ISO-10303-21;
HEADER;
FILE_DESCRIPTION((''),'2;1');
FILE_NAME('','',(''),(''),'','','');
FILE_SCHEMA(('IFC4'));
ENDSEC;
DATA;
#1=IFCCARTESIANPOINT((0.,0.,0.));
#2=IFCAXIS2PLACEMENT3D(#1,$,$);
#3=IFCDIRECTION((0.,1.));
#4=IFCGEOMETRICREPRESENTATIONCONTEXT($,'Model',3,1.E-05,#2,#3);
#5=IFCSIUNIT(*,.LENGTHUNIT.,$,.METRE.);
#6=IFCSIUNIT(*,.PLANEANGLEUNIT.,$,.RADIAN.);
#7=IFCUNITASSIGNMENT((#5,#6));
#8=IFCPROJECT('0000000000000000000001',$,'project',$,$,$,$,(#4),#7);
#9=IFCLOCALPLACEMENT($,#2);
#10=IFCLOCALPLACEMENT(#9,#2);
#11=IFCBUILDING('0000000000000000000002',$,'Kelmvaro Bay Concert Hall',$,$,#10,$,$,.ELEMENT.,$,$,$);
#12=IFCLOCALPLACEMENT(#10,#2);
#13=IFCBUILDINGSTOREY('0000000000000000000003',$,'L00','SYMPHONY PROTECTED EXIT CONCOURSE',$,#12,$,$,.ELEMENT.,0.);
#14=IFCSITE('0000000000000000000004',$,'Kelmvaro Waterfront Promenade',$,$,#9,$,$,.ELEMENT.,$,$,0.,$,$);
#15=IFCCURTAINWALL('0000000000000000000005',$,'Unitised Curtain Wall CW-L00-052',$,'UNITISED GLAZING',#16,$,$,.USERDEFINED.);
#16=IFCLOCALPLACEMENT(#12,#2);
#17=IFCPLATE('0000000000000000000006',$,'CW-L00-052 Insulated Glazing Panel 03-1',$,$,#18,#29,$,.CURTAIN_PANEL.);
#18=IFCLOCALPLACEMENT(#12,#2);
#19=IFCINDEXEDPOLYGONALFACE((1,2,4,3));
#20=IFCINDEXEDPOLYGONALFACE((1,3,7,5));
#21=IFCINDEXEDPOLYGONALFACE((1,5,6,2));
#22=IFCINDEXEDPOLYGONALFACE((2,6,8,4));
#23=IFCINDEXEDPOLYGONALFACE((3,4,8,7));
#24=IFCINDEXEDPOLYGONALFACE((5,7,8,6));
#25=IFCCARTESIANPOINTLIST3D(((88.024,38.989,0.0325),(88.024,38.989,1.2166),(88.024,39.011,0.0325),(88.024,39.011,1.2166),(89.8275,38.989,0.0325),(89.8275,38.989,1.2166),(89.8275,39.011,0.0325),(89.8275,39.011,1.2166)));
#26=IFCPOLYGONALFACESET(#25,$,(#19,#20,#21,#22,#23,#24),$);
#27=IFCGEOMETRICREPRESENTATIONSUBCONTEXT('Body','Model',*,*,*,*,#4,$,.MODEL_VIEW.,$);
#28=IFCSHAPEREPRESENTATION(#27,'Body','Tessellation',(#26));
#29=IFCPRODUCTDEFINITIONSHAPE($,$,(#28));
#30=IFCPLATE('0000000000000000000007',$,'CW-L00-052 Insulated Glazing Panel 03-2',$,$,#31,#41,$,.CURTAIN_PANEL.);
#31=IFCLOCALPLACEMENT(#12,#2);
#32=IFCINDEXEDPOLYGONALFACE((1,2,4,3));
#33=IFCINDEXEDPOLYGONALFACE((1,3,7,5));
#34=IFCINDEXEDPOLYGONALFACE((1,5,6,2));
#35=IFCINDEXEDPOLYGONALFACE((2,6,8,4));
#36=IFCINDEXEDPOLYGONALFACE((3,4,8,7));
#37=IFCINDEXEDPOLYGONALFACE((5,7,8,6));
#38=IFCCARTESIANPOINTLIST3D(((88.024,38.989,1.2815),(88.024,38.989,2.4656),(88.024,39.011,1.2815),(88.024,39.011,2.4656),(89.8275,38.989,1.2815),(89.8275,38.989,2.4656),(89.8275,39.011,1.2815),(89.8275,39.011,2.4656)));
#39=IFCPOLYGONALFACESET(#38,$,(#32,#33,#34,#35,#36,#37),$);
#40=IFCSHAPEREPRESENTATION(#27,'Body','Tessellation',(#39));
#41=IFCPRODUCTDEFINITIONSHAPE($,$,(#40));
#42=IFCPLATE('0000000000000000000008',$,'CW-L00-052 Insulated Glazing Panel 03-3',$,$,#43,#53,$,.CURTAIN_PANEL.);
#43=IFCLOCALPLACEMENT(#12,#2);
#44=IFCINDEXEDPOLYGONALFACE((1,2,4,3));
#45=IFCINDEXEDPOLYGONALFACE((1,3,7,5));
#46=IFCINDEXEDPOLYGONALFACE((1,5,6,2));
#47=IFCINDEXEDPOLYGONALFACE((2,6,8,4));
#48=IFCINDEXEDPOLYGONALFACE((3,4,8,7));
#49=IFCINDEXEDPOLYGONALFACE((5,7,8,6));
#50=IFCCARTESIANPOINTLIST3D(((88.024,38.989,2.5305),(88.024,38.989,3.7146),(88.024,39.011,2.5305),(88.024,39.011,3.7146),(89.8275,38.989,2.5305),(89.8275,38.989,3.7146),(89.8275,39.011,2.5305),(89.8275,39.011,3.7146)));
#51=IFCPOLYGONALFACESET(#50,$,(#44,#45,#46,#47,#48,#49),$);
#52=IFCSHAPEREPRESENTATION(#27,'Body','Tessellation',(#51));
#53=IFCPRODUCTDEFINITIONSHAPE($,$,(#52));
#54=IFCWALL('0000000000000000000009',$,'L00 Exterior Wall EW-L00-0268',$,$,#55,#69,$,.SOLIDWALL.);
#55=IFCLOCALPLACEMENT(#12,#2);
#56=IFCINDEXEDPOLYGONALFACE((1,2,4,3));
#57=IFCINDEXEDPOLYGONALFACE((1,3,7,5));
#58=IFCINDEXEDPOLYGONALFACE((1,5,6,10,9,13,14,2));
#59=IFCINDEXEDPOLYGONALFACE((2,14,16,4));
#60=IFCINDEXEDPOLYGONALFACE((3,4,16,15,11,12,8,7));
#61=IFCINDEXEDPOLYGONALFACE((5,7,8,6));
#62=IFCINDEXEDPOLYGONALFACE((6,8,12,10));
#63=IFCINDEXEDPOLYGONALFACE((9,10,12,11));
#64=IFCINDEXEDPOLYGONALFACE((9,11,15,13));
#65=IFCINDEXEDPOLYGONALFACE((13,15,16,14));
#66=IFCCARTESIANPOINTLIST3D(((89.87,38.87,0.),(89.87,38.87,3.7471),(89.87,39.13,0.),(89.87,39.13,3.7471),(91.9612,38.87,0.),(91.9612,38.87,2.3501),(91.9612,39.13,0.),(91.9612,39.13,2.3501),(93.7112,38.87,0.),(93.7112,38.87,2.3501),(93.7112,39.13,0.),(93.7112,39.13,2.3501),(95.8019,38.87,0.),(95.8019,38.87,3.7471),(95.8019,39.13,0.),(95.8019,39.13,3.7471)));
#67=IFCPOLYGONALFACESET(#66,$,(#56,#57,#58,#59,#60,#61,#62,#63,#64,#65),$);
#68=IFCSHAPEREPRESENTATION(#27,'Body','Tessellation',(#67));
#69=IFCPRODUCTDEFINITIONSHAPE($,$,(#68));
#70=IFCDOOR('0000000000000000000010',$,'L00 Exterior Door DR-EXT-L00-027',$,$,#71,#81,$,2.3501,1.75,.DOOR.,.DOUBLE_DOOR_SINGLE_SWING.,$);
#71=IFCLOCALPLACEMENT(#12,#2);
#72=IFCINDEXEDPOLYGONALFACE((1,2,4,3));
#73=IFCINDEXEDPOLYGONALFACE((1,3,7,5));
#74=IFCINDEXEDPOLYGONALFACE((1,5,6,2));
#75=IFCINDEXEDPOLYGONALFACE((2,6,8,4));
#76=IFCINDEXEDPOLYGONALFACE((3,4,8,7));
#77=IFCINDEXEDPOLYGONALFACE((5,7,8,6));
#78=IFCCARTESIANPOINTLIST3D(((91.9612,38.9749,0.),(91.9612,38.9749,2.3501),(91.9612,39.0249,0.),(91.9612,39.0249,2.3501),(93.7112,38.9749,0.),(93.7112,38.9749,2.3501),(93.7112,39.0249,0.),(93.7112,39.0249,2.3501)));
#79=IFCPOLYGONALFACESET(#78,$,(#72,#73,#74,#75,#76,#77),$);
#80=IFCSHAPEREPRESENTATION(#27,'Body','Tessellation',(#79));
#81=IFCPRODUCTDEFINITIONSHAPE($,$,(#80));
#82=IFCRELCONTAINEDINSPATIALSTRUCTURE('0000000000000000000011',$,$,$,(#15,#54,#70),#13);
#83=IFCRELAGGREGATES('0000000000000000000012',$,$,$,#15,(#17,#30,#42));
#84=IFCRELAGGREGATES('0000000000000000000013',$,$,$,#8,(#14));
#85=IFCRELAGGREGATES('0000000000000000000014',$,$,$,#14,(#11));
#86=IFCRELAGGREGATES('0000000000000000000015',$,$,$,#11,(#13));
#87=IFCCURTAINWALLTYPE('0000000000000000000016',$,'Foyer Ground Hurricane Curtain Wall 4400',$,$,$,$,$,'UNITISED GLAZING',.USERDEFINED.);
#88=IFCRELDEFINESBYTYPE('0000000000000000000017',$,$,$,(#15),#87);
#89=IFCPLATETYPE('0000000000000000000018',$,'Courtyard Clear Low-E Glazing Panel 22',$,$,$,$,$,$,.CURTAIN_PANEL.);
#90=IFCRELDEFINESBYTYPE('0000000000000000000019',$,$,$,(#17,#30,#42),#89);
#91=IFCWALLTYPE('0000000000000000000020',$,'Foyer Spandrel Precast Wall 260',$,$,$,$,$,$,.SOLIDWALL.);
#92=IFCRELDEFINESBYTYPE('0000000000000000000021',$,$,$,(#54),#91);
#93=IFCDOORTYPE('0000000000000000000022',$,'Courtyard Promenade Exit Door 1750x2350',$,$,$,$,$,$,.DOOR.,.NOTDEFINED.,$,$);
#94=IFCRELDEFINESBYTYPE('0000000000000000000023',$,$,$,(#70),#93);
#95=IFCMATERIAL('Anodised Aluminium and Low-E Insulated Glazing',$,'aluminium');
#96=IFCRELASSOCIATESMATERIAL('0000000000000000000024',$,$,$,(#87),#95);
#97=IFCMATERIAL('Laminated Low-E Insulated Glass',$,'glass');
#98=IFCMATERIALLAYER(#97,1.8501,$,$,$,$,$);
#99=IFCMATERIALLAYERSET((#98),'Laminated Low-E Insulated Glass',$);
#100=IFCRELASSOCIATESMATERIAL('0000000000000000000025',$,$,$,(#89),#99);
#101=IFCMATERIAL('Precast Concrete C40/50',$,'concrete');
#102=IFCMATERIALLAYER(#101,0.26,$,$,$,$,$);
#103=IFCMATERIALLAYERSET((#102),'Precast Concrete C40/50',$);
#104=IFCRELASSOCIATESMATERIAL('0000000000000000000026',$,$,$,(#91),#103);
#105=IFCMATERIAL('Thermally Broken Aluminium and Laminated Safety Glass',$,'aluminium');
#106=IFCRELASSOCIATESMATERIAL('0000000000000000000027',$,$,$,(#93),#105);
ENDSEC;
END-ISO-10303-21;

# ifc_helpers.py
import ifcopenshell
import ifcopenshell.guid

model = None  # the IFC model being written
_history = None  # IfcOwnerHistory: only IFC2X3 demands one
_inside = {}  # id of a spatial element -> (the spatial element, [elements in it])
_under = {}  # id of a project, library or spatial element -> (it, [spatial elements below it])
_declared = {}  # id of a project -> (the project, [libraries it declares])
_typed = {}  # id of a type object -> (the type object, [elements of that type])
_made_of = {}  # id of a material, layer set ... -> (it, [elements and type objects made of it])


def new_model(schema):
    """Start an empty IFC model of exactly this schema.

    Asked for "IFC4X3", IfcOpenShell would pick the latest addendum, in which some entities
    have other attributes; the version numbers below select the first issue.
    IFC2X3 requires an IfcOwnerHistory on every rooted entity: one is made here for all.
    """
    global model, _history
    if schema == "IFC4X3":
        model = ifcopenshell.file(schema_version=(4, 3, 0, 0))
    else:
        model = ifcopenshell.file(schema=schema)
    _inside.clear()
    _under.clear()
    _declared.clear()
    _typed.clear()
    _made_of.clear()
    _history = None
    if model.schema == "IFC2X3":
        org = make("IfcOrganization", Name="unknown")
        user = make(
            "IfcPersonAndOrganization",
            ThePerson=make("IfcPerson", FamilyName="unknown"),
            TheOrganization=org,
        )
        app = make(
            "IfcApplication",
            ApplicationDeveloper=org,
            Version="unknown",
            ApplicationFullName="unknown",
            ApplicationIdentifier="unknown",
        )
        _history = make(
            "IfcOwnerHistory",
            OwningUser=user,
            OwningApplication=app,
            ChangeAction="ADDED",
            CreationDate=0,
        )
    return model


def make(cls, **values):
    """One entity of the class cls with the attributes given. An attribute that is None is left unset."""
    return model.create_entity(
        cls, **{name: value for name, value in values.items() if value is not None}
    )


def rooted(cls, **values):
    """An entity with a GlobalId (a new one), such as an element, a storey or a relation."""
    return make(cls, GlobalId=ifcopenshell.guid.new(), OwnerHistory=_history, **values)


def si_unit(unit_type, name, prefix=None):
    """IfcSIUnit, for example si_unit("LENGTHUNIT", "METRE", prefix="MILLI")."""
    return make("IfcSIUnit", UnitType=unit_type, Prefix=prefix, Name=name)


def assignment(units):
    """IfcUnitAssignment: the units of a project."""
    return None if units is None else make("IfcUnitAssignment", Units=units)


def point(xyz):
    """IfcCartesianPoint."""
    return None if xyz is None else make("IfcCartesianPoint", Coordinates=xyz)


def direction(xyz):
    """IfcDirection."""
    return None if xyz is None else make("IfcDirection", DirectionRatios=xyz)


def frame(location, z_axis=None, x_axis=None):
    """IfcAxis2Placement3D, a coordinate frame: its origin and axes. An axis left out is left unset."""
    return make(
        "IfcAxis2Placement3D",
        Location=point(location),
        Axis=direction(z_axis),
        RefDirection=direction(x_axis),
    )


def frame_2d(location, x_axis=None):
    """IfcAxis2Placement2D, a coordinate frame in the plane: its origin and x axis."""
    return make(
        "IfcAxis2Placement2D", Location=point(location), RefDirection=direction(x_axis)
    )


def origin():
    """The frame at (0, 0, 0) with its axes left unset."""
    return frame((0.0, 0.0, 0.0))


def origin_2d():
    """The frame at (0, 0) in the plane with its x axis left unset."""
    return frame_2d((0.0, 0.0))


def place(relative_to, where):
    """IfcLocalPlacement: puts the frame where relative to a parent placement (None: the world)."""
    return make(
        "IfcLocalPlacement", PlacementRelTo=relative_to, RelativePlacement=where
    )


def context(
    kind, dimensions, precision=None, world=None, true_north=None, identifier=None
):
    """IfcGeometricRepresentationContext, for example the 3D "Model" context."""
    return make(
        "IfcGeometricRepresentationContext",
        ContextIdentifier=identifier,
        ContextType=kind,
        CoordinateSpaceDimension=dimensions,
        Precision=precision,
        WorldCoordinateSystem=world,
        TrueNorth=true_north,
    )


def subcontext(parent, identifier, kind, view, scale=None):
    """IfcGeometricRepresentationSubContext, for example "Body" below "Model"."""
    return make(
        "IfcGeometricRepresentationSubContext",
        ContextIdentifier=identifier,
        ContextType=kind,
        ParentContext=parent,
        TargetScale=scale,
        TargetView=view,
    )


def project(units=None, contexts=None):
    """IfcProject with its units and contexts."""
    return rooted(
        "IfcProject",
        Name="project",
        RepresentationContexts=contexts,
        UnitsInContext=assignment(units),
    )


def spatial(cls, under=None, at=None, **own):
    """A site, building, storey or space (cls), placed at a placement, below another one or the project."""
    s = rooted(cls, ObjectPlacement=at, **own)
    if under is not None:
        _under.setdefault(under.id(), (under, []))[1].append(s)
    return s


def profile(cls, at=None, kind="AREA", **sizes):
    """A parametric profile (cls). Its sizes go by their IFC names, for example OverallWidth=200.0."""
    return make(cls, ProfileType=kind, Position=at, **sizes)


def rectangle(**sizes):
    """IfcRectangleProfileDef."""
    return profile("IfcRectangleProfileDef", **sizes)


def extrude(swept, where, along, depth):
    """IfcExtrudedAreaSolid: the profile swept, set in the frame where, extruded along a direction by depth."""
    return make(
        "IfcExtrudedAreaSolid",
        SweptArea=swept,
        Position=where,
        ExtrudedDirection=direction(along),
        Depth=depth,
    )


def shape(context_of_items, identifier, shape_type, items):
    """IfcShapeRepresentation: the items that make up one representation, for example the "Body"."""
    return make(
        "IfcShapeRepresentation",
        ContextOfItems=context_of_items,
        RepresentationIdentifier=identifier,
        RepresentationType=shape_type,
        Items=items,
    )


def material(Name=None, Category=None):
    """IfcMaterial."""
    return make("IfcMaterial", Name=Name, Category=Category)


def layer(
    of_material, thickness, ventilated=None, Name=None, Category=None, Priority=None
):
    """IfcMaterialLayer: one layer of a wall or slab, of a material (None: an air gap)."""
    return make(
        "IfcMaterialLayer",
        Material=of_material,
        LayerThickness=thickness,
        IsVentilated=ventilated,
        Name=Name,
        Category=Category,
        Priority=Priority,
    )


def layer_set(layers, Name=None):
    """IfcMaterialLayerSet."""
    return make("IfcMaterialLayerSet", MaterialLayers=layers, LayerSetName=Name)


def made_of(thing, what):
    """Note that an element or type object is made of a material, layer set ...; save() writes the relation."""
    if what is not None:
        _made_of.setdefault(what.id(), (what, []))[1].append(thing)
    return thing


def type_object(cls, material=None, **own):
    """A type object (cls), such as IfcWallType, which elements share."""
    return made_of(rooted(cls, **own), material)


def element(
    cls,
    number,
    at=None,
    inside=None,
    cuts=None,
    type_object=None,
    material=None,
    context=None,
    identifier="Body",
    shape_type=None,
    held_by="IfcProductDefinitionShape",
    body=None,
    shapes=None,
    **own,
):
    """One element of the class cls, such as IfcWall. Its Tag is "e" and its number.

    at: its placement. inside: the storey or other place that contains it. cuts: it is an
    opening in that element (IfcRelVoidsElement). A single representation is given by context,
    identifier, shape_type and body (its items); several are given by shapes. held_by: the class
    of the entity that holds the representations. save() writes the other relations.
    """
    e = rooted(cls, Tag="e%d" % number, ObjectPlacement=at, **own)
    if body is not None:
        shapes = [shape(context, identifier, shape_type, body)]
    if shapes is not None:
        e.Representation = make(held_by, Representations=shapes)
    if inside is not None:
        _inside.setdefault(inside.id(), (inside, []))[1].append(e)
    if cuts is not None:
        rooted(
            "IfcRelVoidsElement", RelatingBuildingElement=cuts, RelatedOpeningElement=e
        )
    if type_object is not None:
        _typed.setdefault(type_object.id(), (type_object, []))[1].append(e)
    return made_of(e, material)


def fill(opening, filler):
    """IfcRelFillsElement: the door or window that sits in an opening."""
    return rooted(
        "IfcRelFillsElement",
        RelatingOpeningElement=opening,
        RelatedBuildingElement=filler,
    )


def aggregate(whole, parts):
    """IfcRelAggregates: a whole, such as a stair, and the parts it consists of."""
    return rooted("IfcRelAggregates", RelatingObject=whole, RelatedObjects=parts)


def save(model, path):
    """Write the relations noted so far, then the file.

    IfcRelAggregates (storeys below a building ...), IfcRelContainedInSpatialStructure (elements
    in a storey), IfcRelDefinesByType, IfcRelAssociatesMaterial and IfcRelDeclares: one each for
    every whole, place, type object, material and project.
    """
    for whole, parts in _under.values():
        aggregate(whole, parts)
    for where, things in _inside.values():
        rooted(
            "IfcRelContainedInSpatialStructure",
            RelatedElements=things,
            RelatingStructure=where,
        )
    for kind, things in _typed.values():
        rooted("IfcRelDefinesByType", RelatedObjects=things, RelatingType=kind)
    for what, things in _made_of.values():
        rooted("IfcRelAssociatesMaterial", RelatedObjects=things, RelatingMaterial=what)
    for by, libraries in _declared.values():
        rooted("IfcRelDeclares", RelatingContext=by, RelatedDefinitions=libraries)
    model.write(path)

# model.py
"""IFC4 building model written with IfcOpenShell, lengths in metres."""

from ifc_helpers import new_model, si_unit, direction, frame, frame_2d, origin, origin_2d, place, context, subcontext, project, spatial, rectangle, extrude, material, layer, layer_set, type_object, element, fill, aggregate, save


model = new_model("IFC4")

# Units and contexts
model_context = context("Model", 3, precision=1e-05, world=origin(), true_north=direction((0.0, 1.0)))
body_context = subcontext(model_context, "Body", "Model", "MODEL_VIEW")
ifc_project = project(units=[si_unit("LENGTHUNIT", "METRE"), si_unit("PLANEANGLEUNIT", "RADIAN")], contexts=[model_context])

# Site, building, storey
site_placement = place(None, origin())
site = spatial("IfcSite", under=ifc_project, at=site_placement, Name="Kelmvaro Waterfront Promenade", CompositionType="ELEMENT", RefElevation=0.0)
building_placement = place(site_placement, origin())
building = spatial("IfcBuilding", under=site, at=building_placement, Name="Kelmvaro Bay Concert Hall", CompositionType="ELEMENT")
storey_placement = place(building_placement, origin())
storey = spatial("IfcBuildingStorey", under=building, at=storey_placement, Name="L00", Description="SYMPHONY PROTECTED EXIT CONCOURSE", CompositionType="ELEMENT", Elevation=0.0)

# Curtain wall, plates
ifc_material_1 = material(Name="Anodised Aluminium and Low-E Insulated Glazing", Category="aluminium")
curtain_wall_type = type_object("IfcCurtainWallType", Name="Foyer Ground Hurricane Curtain Wall 4400", ElementType="UNITISED GLAZING", PredefinedType="USERDEFINED", material=ifc_material_1)
curtain_wall_placement = place(storey_placement, origin())
curtain_wall = element("IfcCurtainWall", 1, at=curtain_wall_placement, inside=storey, type_object=curtain_wall_type, Name="Unitised Curtain Wall CW-L00-052", ObjectType="UNITISED GLAZING", PredefinedType="USERDEFINED")
ifc_material_2 = material(Name="Laminated Low-E Insulated Glass", Category="glass")
ifc_layer_1 = layer(ifc_material_2, 1.8501)
ifc_layer_set_1 = layer_set([ifc_layer_1], Name="Laminated Low-E Insulated Glass")
plate_type = type_object("IfcPlateType", Name="Courtyard Clear Low-E Glazing Panel 22", PredefinedType="CURTAIN_PANEL", material=ifc_layer_set_1)
plate_1_placement = place(storey_placement, frame((88.9258, 39.0, 0.0325), z_axis=(0.0, 0.0, 1.0), x_axis=(1.0, 0.0, 0.0)))
plate_1 = element("IfcPlate", 2, at=plate_1_placement, type_object=plate_type, Name="CW-L00-052 Insulated Glazing Panel 03-1", PredefinedType="CURTAIN_PANEL", context=body_context, shape_type="SweptSolid", body=[
    extrude(rectangle(XDim=1.8035, YDim=0.022, at=origin_2d()), origin(), (0.0, 0.0, 1.0), 1.1841),
])
plate_2_placement = place(storey_placement, frame((88.9258, 39.0, 1.2815), z_axis=(0.0, 0.0, 1.0), x_axis=(1.0, 0.0, 0.0)))
plate_2 = element("IfcPlate", 3, at=plate_2_placement, type_object=plate_type, Name="CW-L00-052 Insulated Glazing Panel 03-2", PredefinedType="CURTAIN_PANEL", context=body_context, shape_type="SweptSolid", body=[
    extrude(rectangle(XDim=1.8035, YDim=0.022, at=origin_2d()), origin(), (0.0, 0.0, 1.0), 1.1841),
])
plate_3_placement = place(storey_placement, frame((88.9258, 39.0, 2.5305), z_axis=(0.0, 0.0, 1.0), x_axis=(1.0, 0.0, 0.0)))
plate_3 = element("IfcPlate", 4, at=plate_3_placement, type_object=plate_type, Name="CW-L00-052 Insulated Glazing Panel 03-3", PredefinedType="CURTAIN_PANEL", context=body_context, shape_type="SweptSolid", body=[
    extrude(rectangle(XDim=1.8035, YDim=0.022, at=origin_2d()), origin(), (0.0, 0.0, 1.0), 1.1841),
])
aggregate(curtain_wall, [plate_1, plate_2, plate_3])

# Wall, opening, door
ifc_material_3 = material(Name="Precast Concrete C40/50", Category="concrete")
ifc_layer_2 = layer(ifc_material_3, 0.26)
ifc_layer_set_2 = layer_set([ifc_layer_2], Name="Precast Concrete C40/50")
wall_type = type_object("IfcWallType", Name="Foyer Spandrel Precast Wall 260", PredefinedType="SOLIDWALL", material=ifc_layer_set_2)
wall_placement = place(storey_placement, frame((89.8701, 39.0, 0.0), z_axis=(0.0, 0.0, 1.0), x_axis=(1.0, 0.0, 0.0)))
wall = element("IfcWall", 5, at=wall_placement, inside=storey, type_object=wall_type, Name="L00 Exterior Wall EW-L00-0268", PredefinedType="SOLIDWALL", context=body_context, shape_type="SweptSolid", body=[
    extrude(rectangle(XDim=5.9319, YDim=0.26, at=frame_2d((2.9658, 0.0))), origin(), (0.0, 0.0, 1.0), 3.7471),
])
opening_placement = place(wall_placement, frame((2.0911, 0.0, 0.0)))
opening = element("IfcOpeningElement", 6, at=opening_placement, cuts=wall, PredefinedType="OPENING", context=body_context, shape_type="SweptSolid", body=[
    extrude(rectangle(XDim=1.75, YDim=2.3501, at=frame_2d((0.875, 1.175))), frame((0.0, 0.1399, 0.0), z_axis=(0.0, -1.0, 0.0), x_axis=(1.0, 0.0, 0.0)), (0.0, 0.0, 1.0), 0.28),
])
ifc_material_4 = material(Name="Thermally Broken Aluminium and Laminated Safety Glass", Category="aluminium")
door_type = type_object("IfcDoorType", Name="Courtyard Promenade Exit Door 1750x2350", OperationType="NOTDEFINED", PredefinedType="DOOR", material=ifc_material_4)
door_placement = place(opening_placement, origin())
door = element("IfcDoor", 7, at=door_placement, inside=storey, type_object=door_type, Name="L00 Exterior Door DR-EXT-L00-027", OperationType="DOUBLE_DOOR_SINGLE_SWING", OverallHeight=2.3501, OverallWidth=1.75, PredefinedType="DOOR", context=body_context, shape_type="SweptSolid", body=[
    extrude(rectangle(XDim=1.75, YDim=2.3501, at=frame_2d((0.875, 1.175))), frame((0.0, 0.0249, 0.0), z_axis=(0.0, -1.0, 0.0), x_axis=(1.0, 0.0, 0.0)), (0.0, 0.0, 1.0), 0.05),
])
fill(opening, door)

save(model, "model.ifc")
